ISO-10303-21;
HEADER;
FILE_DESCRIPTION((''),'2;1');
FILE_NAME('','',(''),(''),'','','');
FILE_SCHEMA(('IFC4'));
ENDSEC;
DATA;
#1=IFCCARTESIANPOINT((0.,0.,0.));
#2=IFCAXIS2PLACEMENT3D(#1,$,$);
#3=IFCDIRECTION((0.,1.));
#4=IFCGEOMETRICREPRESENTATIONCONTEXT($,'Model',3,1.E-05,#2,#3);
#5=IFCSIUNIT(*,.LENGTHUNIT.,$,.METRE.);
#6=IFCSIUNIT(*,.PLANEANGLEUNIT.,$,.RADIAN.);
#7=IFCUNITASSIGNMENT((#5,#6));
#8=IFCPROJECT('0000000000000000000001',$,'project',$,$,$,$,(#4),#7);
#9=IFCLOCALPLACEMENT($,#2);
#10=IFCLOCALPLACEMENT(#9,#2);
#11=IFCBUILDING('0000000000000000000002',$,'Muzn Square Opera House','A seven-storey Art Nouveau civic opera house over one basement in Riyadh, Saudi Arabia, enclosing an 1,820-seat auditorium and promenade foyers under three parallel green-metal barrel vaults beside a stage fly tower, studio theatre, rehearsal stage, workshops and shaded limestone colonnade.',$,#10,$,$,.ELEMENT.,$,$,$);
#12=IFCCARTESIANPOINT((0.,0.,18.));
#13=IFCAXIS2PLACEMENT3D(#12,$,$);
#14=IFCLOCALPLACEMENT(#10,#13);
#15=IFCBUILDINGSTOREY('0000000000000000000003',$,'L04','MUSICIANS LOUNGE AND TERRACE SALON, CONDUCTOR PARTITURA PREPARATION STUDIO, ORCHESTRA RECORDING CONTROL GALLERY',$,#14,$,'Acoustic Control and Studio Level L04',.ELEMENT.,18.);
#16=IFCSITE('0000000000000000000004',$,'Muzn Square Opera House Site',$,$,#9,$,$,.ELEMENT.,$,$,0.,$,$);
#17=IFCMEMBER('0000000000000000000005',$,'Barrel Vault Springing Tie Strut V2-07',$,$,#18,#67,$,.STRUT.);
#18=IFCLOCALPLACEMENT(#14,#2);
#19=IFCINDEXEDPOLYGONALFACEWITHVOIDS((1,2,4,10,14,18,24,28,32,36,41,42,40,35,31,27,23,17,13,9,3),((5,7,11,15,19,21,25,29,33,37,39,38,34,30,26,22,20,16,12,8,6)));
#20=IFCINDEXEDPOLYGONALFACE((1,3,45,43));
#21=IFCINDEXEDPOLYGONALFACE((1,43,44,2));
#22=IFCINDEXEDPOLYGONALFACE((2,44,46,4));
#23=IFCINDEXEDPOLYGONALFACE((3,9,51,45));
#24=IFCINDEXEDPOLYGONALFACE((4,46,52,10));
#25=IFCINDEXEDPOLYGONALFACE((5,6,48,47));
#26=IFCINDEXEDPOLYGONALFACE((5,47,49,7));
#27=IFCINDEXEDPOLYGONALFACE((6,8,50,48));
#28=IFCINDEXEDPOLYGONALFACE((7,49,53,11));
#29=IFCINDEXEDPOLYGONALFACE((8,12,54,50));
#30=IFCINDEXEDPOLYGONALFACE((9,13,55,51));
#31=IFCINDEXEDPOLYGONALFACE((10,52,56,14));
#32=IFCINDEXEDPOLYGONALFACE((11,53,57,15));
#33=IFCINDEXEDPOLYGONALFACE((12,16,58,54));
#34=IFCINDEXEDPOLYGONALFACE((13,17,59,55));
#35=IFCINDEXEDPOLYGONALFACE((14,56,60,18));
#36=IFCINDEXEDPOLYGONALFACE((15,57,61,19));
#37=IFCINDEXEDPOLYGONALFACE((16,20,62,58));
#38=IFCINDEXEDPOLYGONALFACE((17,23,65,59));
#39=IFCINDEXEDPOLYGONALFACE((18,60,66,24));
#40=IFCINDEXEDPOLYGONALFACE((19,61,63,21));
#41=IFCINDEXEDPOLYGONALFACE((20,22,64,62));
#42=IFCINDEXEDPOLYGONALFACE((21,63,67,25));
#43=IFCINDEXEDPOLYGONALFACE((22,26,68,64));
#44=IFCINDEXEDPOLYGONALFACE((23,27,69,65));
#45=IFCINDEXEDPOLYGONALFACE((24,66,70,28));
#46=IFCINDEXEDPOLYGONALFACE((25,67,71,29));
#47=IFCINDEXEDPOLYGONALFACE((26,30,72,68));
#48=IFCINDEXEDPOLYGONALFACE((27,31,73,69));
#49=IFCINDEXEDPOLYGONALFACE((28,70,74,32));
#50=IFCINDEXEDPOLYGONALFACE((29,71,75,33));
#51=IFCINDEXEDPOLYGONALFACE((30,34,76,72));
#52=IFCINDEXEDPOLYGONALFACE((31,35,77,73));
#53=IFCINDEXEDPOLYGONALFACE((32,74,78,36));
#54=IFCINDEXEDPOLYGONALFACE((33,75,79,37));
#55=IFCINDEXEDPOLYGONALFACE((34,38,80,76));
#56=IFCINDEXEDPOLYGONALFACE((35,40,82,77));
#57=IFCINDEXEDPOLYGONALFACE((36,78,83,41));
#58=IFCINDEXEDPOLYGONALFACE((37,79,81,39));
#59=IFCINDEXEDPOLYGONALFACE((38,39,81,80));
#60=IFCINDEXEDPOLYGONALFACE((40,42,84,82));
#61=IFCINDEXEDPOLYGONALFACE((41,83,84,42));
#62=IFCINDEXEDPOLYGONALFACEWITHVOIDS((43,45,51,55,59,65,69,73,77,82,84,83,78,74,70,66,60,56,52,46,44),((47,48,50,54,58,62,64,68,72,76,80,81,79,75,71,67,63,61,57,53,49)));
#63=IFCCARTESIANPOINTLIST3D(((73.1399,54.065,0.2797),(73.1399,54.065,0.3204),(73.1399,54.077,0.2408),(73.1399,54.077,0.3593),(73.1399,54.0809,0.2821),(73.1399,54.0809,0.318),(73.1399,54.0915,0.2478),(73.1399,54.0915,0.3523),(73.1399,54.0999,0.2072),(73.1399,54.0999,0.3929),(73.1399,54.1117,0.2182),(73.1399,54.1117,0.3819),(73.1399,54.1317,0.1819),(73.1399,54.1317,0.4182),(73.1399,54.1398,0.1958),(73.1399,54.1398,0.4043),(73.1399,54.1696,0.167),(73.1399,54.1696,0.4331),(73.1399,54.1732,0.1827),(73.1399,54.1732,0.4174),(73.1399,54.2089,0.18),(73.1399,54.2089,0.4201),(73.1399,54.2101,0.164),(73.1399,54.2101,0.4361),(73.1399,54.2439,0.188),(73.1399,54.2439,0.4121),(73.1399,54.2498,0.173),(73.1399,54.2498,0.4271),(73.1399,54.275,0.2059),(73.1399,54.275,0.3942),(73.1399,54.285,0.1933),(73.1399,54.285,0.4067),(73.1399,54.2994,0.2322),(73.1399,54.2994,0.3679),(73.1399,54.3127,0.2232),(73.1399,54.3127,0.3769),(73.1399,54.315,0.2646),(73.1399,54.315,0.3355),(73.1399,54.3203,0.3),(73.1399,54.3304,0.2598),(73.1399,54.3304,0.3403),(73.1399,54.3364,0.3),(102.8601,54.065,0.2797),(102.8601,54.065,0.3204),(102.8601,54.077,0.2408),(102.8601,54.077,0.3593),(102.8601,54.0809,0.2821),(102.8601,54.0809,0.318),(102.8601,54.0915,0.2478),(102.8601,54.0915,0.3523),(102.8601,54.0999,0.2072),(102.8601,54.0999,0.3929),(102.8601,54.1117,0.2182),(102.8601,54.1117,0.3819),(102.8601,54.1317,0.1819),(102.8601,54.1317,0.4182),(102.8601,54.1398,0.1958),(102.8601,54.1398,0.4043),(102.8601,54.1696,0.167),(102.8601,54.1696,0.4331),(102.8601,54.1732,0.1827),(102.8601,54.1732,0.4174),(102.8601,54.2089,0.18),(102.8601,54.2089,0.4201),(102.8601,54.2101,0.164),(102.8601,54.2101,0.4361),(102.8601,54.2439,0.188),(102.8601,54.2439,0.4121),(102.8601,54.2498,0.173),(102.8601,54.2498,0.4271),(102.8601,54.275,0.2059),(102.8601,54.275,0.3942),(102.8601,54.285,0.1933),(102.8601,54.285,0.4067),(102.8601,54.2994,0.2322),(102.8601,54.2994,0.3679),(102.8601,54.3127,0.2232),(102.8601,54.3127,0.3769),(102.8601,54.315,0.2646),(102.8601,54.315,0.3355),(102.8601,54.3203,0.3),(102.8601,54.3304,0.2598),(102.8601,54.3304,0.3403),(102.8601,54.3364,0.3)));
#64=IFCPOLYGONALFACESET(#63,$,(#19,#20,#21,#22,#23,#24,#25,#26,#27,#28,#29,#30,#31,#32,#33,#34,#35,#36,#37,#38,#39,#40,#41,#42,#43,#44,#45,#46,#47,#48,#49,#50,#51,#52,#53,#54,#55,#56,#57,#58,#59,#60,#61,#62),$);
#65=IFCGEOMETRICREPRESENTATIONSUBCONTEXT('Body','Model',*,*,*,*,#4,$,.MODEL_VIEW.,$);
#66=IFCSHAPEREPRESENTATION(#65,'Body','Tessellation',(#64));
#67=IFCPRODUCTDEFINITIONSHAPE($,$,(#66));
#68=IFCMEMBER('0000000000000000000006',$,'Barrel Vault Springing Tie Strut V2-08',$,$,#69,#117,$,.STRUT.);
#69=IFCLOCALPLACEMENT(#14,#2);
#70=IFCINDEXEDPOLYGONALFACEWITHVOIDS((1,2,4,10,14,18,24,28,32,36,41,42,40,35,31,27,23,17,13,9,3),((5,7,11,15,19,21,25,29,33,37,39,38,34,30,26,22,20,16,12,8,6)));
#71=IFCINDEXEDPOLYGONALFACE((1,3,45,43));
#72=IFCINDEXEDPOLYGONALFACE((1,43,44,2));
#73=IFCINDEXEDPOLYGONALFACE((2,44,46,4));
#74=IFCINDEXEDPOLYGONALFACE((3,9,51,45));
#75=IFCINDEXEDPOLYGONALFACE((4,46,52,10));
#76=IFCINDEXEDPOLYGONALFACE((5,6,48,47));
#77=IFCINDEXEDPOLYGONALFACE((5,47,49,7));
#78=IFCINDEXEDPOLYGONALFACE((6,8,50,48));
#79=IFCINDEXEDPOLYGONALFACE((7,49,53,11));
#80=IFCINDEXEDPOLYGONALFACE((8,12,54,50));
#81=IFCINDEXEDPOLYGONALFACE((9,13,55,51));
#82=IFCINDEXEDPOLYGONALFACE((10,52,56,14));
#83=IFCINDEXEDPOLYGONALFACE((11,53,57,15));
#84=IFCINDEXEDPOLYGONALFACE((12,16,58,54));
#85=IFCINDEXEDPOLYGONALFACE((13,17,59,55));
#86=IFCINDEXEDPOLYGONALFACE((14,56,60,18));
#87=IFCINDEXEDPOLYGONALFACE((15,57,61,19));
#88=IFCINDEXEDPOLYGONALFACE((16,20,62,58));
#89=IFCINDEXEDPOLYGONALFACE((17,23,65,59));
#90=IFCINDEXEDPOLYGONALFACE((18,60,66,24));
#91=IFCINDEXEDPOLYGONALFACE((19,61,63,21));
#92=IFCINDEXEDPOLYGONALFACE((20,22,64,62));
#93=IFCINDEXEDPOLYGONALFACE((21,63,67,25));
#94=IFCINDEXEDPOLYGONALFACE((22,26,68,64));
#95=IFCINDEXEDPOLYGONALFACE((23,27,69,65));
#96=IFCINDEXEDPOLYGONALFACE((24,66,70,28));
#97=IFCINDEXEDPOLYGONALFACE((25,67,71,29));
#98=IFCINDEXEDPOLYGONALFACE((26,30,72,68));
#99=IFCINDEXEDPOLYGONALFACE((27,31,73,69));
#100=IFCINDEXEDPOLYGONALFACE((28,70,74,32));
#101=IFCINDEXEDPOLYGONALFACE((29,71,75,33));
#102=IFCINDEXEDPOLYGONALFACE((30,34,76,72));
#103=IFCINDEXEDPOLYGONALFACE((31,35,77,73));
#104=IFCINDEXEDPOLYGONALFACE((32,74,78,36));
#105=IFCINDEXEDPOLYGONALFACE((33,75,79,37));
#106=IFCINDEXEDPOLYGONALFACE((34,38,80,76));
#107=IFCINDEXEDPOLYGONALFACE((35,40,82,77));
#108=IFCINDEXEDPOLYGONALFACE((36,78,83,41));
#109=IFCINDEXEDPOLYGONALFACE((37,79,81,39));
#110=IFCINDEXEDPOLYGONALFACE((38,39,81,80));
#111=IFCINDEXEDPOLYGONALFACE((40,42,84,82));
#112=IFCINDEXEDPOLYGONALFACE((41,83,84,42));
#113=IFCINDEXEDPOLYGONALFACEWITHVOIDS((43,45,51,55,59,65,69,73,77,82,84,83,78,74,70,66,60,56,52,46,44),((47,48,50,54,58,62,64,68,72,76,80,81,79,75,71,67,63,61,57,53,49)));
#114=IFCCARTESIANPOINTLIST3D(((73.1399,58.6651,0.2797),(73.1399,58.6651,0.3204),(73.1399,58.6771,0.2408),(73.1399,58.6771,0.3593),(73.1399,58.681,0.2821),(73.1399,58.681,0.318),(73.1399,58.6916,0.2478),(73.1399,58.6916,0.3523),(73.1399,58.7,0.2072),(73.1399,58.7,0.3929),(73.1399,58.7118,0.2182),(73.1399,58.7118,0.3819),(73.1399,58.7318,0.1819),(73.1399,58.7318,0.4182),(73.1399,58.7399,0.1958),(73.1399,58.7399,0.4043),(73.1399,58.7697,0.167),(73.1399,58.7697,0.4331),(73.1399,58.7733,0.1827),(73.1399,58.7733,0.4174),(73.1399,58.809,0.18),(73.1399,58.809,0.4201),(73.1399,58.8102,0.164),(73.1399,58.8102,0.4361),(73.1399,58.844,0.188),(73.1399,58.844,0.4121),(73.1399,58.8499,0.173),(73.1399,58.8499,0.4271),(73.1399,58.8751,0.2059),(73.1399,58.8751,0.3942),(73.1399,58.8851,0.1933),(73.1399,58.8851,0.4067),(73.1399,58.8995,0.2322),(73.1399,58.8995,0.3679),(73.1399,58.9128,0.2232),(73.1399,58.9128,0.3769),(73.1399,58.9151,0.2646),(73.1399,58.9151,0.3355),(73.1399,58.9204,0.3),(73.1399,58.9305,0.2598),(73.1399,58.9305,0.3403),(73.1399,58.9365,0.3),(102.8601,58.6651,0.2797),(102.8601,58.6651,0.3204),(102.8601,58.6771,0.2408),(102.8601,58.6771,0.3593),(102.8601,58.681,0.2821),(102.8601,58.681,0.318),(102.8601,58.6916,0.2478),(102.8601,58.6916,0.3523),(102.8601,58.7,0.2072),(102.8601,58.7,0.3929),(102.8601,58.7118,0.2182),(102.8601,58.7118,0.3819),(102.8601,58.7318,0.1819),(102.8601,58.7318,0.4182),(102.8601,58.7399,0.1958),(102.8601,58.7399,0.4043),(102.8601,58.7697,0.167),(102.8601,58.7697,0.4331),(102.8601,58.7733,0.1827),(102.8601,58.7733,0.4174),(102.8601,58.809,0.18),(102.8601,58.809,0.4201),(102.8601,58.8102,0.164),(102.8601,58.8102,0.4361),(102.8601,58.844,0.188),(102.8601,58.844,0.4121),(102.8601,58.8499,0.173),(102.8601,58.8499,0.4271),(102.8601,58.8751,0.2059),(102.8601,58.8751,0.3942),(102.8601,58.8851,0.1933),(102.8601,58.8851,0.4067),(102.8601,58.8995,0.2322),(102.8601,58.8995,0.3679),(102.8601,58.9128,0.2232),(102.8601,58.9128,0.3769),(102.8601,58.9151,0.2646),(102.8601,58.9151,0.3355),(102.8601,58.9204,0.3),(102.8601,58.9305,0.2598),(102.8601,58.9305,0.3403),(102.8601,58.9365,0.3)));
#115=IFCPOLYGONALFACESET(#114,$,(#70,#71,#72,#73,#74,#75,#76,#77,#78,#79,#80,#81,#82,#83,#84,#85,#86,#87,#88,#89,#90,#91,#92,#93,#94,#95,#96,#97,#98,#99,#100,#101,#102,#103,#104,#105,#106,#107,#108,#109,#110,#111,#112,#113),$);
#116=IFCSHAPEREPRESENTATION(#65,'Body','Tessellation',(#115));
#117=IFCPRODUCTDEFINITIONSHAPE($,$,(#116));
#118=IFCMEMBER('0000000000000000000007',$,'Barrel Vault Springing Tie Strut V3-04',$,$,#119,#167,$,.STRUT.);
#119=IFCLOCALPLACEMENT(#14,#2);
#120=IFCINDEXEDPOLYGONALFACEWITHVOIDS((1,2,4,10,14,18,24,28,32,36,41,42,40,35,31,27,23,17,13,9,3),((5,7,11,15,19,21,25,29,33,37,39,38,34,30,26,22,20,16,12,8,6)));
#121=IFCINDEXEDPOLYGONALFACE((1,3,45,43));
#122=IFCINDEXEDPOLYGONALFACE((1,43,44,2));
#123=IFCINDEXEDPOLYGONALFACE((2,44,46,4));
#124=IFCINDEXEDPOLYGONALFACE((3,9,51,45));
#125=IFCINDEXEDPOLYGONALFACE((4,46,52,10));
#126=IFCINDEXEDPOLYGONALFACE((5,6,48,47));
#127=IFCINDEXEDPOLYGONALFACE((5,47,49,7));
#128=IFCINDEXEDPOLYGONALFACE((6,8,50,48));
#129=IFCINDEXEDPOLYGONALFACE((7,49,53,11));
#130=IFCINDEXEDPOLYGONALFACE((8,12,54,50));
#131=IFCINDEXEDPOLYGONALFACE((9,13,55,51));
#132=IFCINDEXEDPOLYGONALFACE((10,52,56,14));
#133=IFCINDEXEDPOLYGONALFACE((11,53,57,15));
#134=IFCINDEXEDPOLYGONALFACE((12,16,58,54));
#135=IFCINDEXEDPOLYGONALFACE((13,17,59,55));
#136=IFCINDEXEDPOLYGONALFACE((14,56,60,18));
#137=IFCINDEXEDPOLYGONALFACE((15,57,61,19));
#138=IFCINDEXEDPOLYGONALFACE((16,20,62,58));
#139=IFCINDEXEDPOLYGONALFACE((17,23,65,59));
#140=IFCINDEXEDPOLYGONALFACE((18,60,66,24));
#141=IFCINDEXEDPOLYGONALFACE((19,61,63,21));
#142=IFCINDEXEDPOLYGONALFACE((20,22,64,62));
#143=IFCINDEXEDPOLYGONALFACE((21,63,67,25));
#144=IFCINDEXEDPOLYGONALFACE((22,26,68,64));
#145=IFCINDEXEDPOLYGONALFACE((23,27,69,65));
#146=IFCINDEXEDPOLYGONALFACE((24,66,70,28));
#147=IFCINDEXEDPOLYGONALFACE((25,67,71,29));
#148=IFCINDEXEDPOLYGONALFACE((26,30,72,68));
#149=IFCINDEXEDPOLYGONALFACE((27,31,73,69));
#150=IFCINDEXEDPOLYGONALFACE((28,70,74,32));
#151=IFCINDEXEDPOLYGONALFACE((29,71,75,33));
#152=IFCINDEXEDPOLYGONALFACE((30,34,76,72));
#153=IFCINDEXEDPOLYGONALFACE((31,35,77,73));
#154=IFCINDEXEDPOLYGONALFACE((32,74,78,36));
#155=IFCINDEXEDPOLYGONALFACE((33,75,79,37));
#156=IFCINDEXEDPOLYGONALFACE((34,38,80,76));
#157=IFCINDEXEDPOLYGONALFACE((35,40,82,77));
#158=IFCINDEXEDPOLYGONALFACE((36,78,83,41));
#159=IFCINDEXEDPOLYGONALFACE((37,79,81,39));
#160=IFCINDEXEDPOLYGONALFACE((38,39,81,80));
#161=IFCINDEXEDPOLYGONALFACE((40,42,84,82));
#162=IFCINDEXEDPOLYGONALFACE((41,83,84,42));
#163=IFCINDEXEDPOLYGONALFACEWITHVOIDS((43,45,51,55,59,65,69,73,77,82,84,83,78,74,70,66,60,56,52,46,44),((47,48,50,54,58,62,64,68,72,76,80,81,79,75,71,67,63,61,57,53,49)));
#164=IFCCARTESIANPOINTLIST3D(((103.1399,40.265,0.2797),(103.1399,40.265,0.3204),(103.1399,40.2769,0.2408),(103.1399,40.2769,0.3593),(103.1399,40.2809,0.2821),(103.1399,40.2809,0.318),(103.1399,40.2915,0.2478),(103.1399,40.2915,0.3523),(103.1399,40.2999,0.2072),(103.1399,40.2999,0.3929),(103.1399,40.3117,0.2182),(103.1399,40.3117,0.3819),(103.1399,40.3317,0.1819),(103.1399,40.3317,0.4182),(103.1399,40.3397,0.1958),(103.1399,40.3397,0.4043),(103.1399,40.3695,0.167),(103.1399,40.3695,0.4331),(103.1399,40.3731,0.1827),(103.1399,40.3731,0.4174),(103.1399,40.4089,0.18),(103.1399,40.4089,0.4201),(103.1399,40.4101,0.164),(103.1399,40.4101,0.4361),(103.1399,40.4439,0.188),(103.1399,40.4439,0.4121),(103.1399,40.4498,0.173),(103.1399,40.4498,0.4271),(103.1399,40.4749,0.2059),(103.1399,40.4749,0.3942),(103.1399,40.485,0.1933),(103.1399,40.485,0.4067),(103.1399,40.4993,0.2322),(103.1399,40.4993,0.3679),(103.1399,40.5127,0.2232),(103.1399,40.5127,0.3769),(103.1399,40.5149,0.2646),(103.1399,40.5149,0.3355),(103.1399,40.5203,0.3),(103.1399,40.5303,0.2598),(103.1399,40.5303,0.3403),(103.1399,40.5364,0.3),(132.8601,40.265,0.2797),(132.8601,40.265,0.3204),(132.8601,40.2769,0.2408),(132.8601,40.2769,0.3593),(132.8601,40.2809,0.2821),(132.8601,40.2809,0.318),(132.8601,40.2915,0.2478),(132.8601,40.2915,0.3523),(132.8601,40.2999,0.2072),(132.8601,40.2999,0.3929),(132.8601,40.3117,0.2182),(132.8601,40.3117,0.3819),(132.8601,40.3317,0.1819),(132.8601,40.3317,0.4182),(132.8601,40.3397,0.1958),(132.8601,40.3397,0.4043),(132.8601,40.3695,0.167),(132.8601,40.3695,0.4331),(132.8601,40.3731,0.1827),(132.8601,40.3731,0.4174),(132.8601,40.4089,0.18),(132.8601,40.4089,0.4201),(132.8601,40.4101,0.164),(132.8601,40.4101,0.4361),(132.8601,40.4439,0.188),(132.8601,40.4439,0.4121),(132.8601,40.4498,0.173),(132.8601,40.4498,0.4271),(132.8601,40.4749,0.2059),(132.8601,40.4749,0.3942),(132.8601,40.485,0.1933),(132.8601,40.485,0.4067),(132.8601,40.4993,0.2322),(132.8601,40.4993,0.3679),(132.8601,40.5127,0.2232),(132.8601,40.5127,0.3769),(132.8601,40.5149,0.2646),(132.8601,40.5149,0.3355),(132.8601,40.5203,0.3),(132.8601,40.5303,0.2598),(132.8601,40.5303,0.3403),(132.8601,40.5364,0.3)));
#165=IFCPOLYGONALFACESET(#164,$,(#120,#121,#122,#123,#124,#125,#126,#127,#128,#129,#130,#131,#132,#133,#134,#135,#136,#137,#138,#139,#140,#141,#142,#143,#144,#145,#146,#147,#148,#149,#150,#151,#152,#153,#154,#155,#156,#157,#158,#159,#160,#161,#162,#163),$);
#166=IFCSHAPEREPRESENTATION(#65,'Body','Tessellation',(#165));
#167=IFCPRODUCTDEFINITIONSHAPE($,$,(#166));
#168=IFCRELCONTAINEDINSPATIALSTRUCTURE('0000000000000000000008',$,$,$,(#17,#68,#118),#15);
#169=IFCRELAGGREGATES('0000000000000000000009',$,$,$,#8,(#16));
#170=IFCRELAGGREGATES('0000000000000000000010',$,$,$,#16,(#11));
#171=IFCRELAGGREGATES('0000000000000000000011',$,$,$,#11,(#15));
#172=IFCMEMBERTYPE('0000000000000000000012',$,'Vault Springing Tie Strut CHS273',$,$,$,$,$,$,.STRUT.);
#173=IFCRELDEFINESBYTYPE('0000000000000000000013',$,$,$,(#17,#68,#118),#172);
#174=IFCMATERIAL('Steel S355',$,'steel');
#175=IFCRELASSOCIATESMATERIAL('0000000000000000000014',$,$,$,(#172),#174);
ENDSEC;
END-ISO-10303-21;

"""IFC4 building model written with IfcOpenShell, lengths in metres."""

from ifc_helpers import new_model, si_unit, direction, frame, origin, origin_2d, place, context, subcontext, project, spatial, hollow_circle, extrude, material, material_profile, profile_set, type_object, element, save


model = new_model("IFC4")

# Units and contexts
model_context = context("Model", 3, precision=1e-05, world=origin(), true_north=direction((0.0, 1.0)))
body_context = subcontext(model_context, "Body", "Model", "MODEL_VIEW")
ifc_project = project(units=[si_unit("LENGTHUNIT", "METRE"), si_unit("PLANEANGLEUNIT", "RADIAN")], contexts=[model_context])

# Site, building, storey
site_placement = place(None, origin())
site = spatial("IfcSite", under=ifc_project, at=site_placement, Name="Muzn Square Opera House Site", CompositionType="ELEMENT", RefElevation=0.0)
building_placement = place(site_placement, origin())
building = spatial("IfcBuilding", under=site, at=building_placement, Name="Muzn Square Opera House", Description="A seven-storey Art Nouveau civic opera house over one basement in Riyadh, Saudi Arabia, enclosing an 1,820-seat auditorium and promenade foyers under three parallel green-metal barrel vaults beside a stage fly tower, studio theatre, rehearsal stage, workshops and shaded limestone colonnade.", CompositionType="ELEMENT")
storey_placement = place(building_placement, frame((0.0, 0.0, 18.0)))
storey = spatial("IfcBuildingStorey", under=building, at=storey_placement, Name="L04", Description="MUSICIANS LOUNGE AND TERRACE SALON, CONDUCTOR PARTITURA PREPARATION STUDIO, ORCHESTRA RECORDING CONTROL GALLERY", LongName="Acoustic Control and Studio Level L04", CompositionType="ELEMENT", Elevation=18.0)

# Shared definitions
ifc_material = material(Name="Steel S355", Category="steel")

# Members
ifc_material_profile_1 = material_profile(ifc_material, hollow_circle(Radius=0.1365, WallThickness=0.0161, at=origin_2d()), Name="CHS 273x16", Category="steel")
ifc_profile_set_1 = profile_set([ifc_material_profile_1], Name="Steel S355")
member_type = type_object("IfcMemberType", Name="Vault Springing Tie Strut CHS273", PredefinedType="STRUT", material=ifc_profile_set_1)
for number, where, z_axis, x_axis, name in (
    (1, (73.1399, 54.2, 0.3), (1.0, 0.0, 0.0), (0.0, 1.0, 0.0), "Barrel Vault Springing Tie Strut V2-07"),
    (2, (73.1399, 58.8, 0.3), (1.0, 0.0, 0.0), (0.0, 1.0, 0.0), "Barrel Vault Springing Tie Strut V2-08"),
    (3, (103.1399, 40.3999, 0.3), (1.0, 0.0, 0.0), (0.0, 1.0, 0.0), "Barrel Vault Springing Tie Strut V3-04"),
):
    element("IfcMember", number, at=place(storey_placement, frame(where, z_axis=z_axis, x_axis=x_axis)), inside=storey, type_object=member_type, Name=name, PredefinedType="STRUT", context=body_context, shape_type="SweptSolid", body=[
        extrude(hollow_circle(Radius=0.1365, WallThickness=0.0161, at=origin_2d()), origin(), (0.0, 0.0, 1.0), 29.7202),
    ])

save(model, "model.ifc")
